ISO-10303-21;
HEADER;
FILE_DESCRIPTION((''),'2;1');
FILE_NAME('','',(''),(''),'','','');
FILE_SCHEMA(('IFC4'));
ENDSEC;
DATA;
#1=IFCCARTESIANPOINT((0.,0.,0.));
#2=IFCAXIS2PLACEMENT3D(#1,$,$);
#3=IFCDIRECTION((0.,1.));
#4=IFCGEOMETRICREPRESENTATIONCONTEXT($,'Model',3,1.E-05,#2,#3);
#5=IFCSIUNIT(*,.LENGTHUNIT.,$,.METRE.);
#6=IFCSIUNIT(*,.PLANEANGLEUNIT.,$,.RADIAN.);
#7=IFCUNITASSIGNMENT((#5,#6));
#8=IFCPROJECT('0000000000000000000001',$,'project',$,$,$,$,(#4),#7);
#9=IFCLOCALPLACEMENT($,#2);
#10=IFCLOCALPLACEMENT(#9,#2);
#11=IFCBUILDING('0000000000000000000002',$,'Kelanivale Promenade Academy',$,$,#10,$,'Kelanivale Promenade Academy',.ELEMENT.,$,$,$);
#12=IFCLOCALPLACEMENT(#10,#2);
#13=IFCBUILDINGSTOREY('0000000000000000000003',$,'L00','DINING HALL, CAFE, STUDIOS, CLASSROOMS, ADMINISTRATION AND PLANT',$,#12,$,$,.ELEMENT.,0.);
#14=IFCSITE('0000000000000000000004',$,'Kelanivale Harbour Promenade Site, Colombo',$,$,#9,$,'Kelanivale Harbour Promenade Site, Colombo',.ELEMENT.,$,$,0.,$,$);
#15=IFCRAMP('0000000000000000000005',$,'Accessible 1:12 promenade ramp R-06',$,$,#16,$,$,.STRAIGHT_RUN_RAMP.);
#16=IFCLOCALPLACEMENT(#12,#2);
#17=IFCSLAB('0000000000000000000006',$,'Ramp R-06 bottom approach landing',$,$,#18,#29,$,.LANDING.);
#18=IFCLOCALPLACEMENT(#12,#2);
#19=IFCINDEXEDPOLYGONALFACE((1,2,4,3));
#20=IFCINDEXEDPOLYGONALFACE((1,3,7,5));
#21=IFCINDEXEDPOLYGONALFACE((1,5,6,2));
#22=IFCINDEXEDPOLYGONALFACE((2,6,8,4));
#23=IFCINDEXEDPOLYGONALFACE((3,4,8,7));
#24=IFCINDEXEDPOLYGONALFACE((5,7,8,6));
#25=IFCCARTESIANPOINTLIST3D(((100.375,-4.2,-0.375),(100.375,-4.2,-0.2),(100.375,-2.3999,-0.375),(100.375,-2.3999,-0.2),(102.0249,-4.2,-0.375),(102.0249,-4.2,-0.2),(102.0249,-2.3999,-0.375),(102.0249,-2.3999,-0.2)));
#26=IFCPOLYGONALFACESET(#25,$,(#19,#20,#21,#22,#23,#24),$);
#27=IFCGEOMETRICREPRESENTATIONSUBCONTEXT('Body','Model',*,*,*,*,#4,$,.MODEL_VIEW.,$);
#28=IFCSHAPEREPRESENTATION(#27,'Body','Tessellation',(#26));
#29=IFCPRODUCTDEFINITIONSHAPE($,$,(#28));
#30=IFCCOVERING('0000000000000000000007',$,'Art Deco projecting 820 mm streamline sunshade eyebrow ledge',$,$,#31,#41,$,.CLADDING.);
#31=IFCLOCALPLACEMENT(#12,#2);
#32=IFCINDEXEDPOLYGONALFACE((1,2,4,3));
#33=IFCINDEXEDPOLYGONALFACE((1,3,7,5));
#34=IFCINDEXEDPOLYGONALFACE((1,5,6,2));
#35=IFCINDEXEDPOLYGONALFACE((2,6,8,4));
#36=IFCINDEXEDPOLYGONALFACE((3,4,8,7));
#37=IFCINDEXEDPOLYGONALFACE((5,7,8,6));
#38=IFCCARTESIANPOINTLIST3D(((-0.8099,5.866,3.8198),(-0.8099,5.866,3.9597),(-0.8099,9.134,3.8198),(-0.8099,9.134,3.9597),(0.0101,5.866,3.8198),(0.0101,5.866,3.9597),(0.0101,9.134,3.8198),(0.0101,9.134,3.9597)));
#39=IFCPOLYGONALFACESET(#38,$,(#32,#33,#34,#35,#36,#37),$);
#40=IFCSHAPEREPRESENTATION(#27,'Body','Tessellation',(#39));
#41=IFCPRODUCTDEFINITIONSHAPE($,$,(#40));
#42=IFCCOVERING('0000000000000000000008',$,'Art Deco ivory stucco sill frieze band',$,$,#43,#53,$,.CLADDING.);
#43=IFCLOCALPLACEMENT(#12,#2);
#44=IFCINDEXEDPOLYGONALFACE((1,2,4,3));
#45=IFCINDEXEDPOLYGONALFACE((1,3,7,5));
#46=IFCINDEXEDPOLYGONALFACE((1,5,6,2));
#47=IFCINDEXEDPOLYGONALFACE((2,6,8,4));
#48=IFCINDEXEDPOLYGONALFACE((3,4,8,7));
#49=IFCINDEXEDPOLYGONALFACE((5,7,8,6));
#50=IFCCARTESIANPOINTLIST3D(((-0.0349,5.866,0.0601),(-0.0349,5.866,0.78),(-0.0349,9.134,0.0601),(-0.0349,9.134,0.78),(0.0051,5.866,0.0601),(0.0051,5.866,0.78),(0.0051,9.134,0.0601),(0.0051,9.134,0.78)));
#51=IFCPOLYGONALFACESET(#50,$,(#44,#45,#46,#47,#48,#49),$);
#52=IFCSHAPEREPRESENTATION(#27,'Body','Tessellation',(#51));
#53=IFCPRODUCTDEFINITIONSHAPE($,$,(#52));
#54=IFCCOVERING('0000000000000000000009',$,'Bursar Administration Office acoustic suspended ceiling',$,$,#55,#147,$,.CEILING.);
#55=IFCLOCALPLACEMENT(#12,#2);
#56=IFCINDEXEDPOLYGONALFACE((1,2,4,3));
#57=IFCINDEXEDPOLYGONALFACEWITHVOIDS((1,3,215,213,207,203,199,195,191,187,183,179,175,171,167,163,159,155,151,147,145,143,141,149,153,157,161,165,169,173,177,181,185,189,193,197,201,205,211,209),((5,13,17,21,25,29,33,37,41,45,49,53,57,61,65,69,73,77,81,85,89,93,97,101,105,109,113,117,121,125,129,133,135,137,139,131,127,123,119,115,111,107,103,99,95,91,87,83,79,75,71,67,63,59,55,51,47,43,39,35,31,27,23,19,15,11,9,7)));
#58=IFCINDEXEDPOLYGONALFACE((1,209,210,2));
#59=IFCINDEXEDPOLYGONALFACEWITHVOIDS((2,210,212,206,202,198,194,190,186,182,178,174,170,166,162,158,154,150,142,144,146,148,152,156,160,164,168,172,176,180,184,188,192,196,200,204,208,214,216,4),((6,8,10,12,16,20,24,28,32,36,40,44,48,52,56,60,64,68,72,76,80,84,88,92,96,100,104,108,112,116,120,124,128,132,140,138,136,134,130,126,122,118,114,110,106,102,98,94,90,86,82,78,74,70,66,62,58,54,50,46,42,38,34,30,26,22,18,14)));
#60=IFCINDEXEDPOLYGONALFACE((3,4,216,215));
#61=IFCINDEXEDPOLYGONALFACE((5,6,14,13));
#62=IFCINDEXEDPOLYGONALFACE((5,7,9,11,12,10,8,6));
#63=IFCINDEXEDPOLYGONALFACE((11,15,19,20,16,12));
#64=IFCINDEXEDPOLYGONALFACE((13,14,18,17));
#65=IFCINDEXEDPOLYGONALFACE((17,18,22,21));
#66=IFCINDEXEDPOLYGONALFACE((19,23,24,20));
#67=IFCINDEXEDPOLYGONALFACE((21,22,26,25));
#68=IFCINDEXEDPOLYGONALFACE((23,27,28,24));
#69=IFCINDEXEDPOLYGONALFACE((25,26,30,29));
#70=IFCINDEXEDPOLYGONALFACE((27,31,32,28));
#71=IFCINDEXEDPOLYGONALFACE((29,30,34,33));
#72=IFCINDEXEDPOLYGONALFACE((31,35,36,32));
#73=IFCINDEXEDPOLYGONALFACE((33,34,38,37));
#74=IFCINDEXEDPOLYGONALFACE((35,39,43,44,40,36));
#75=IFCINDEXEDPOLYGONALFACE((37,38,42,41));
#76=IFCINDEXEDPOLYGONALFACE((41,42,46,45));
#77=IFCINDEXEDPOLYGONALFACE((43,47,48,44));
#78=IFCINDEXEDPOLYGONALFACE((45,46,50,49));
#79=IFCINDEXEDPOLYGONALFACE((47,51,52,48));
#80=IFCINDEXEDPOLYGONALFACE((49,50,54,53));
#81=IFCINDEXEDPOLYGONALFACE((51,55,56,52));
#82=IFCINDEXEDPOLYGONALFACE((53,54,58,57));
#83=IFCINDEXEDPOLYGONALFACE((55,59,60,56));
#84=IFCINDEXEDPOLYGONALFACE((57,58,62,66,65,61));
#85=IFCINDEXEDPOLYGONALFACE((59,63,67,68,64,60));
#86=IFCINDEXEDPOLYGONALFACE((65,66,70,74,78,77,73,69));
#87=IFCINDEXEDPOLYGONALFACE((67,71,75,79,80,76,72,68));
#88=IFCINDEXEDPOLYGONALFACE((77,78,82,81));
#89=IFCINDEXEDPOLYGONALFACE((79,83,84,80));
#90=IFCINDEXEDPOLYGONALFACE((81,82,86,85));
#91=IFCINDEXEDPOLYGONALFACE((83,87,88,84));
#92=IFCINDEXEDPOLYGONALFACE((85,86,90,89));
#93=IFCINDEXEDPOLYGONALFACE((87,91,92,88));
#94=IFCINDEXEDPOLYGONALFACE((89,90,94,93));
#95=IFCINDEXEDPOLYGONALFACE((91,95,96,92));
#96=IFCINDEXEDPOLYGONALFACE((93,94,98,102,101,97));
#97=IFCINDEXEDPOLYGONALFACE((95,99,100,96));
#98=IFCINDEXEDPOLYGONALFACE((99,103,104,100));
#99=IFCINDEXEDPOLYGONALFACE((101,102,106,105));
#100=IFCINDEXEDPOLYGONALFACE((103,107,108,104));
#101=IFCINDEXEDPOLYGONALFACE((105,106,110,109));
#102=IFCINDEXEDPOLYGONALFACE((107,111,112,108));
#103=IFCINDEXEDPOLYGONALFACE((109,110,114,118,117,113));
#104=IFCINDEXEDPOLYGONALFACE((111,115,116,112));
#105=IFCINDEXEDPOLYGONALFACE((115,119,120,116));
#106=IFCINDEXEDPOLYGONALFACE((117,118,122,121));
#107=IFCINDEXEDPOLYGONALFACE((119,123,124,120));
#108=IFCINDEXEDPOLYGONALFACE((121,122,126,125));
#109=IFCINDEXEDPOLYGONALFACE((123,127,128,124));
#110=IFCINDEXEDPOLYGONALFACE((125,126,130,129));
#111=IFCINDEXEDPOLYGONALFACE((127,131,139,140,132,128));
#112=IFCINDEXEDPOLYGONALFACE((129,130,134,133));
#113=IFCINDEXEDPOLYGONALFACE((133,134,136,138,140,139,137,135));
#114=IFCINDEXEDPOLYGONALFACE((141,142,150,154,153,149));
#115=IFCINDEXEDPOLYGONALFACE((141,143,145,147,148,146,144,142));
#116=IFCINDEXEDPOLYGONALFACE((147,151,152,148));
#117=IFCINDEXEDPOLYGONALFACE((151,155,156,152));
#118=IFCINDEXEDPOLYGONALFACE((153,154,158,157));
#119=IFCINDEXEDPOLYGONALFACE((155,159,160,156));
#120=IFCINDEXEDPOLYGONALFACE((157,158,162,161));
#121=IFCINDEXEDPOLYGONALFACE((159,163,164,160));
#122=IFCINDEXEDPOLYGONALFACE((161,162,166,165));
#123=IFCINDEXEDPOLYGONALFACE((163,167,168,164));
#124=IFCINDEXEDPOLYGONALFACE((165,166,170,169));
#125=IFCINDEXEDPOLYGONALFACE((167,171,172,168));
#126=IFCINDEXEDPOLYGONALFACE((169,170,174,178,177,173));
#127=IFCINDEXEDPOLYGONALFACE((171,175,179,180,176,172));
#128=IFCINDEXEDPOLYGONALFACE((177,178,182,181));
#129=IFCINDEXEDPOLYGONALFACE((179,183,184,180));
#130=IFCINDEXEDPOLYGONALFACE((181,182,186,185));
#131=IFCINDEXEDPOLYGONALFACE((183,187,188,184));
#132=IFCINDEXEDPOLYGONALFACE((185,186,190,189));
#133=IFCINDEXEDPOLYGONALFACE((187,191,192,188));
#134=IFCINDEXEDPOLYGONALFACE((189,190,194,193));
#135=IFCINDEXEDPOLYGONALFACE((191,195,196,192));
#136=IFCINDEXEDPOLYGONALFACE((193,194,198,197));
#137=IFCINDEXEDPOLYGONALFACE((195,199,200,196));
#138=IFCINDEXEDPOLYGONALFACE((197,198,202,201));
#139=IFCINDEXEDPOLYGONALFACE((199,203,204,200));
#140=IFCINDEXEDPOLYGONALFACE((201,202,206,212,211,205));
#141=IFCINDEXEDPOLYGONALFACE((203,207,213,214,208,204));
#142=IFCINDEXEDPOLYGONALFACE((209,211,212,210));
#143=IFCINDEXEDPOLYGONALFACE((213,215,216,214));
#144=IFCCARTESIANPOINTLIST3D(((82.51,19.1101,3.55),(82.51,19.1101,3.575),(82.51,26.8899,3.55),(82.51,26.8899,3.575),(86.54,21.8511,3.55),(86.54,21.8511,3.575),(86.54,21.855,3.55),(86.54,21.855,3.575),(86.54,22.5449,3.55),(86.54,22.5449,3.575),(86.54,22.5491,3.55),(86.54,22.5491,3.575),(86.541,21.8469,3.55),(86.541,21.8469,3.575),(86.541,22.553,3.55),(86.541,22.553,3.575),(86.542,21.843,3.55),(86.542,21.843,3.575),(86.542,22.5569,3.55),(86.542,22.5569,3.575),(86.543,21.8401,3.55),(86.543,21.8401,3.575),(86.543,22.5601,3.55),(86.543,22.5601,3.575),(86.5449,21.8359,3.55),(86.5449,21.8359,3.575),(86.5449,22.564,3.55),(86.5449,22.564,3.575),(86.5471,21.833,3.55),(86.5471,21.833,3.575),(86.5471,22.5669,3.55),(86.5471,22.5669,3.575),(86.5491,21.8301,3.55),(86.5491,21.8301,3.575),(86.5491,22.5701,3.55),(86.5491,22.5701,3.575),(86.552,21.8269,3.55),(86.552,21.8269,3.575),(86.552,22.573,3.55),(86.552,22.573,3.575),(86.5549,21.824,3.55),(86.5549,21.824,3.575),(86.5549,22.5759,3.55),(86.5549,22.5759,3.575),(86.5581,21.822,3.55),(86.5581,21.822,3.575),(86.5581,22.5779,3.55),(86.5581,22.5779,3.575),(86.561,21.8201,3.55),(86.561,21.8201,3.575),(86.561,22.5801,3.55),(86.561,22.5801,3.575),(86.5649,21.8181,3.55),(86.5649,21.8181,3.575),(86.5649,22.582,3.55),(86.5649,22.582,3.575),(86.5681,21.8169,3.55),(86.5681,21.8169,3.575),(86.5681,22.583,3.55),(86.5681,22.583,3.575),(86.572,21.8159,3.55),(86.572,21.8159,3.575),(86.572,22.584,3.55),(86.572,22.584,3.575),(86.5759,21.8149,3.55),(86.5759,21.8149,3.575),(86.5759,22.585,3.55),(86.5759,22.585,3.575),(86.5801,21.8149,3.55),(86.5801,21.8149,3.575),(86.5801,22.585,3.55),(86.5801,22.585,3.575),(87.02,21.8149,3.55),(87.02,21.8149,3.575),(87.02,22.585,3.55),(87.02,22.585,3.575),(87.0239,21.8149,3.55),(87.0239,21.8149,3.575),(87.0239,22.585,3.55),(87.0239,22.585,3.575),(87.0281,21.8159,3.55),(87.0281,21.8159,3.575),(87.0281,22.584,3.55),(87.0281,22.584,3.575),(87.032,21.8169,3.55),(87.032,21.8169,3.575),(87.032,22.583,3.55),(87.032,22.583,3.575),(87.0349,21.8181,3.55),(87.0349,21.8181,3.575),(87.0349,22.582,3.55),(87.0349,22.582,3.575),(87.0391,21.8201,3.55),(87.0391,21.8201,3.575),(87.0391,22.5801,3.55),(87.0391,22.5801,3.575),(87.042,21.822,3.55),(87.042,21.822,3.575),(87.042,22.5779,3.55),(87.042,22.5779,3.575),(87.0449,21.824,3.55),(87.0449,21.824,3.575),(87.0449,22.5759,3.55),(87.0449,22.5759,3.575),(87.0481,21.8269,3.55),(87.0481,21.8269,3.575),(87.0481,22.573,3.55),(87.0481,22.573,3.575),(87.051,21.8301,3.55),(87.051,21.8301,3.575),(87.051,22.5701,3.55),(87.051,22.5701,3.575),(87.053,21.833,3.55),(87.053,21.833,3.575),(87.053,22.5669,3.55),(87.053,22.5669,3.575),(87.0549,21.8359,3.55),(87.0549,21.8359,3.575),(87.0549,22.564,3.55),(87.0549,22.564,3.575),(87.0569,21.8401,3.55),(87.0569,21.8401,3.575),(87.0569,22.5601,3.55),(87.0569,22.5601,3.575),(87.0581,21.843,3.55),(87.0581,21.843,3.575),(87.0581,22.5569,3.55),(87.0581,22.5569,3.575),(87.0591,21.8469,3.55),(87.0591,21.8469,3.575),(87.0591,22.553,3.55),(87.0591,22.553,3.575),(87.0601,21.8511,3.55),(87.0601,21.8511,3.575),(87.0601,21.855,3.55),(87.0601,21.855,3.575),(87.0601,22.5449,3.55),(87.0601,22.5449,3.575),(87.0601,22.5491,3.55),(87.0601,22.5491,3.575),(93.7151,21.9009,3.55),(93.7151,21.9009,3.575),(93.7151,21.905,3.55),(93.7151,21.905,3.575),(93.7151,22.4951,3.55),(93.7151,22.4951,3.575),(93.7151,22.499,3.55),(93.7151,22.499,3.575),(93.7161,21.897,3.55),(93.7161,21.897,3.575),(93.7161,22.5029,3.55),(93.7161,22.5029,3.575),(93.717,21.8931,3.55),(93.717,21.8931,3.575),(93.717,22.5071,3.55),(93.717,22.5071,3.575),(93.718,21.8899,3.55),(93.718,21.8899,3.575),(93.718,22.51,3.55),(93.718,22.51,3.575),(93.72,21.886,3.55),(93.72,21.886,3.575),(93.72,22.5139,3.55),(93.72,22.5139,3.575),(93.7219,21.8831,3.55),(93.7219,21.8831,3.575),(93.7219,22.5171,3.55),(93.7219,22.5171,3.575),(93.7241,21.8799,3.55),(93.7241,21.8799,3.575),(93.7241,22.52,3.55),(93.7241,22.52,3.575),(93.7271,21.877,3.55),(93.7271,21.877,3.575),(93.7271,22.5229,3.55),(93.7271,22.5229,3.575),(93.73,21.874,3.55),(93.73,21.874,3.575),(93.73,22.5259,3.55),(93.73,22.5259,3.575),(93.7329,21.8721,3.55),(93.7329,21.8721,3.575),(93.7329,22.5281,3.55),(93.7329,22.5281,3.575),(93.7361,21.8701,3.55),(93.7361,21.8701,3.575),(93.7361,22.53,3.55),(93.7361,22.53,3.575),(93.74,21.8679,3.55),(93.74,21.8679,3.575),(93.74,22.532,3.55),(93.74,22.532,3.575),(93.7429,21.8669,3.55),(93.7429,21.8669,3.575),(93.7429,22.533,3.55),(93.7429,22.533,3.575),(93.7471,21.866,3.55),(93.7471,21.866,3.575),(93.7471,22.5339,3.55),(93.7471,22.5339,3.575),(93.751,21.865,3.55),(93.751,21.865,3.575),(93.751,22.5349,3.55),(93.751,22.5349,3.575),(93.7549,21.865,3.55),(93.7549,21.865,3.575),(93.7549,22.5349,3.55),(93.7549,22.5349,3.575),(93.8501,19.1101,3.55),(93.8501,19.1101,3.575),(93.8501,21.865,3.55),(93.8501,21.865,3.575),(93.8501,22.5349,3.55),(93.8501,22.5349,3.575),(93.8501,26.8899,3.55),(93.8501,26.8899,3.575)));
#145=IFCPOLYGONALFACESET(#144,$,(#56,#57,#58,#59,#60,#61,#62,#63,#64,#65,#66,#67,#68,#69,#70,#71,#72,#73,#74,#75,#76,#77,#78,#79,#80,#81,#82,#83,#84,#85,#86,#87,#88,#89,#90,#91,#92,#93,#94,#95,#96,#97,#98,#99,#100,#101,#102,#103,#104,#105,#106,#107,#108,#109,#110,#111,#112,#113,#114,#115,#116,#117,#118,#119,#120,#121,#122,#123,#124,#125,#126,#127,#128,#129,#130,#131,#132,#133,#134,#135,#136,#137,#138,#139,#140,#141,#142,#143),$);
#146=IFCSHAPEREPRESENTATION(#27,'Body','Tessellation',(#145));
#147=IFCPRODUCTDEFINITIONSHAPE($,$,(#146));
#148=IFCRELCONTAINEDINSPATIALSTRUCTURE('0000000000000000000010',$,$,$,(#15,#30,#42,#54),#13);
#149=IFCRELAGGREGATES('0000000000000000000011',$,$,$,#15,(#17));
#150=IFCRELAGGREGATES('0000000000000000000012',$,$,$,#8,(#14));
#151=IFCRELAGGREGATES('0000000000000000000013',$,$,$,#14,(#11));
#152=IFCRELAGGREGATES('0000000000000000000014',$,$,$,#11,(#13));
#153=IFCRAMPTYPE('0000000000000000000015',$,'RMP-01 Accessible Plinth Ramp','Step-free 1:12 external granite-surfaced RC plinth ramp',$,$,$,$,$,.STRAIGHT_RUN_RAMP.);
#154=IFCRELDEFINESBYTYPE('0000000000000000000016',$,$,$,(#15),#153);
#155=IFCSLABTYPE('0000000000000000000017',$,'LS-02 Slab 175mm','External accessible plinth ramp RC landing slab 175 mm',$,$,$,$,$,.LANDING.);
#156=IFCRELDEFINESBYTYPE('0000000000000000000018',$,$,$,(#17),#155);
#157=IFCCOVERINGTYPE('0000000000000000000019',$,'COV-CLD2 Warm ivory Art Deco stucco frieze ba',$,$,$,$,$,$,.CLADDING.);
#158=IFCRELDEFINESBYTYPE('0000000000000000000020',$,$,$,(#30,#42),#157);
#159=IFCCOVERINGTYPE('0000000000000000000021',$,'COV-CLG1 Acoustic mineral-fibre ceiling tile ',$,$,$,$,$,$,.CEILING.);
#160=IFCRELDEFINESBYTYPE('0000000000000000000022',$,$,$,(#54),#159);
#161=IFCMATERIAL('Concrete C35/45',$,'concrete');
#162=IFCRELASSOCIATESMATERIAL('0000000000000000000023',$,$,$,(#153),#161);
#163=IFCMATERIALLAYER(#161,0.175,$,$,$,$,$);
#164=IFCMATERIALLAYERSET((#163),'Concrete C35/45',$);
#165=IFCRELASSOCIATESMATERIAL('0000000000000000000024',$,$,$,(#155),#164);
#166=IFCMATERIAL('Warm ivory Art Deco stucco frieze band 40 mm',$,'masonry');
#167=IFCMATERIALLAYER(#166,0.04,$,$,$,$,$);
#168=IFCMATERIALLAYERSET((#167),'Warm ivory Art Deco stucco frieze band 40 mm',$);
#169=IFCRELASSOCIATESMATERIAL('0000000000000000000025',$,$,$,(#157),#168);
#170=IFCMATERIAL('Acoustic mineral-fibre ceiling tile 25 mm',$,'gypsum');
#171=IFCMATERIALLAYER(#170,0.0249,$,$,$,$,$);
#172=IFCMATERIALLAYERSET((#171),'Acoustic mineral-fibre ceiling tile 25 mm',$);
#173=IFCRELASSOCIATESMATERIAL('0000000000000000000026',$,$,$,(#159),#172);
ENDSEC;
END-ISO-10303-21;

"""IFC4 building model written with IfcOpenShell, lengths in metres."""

from ifc_helpers import new_model, si_unit, direction, frame, origin, origin_2d, place, context, subcontext, project, spatial, polyline, rectangle, outline, extrude, material, layer, layer_set, type_object, element, aggregate, save


model = new_model("IFC4")

# Units and contexts
model_context = context("Model", 3, precision=1e-05, world=origin(), true_north=direction((0.0, 1.0)))
body_context = subcontext(model_context, "Body", "Model", "MODEL_VIEW")
ifc_project = project(units=[si_unit("LENGTHUNIT", "METRE"), si_unit("PLANEANGLEUNIT", "RADIAN")], contexts=[model_context])

# Site, building, storey
site_placement = place(None, origin())
site = spatial("IfcSite", under=ifc_project, at=site_placement, Name="Kelanivale Harbour Promenade Site, Colombo", LongName="Kelanivale Harbour Promenade Site, Colombo", CompositionType="ELEMENT", RefElevation=0.0)
building_placement = place(site_placement, origin())
building = spatial("IfcBuilding", under=site, at=building_placement, Name="Kelanivale Promenade Academy", LongName="Kelanivale Promenade Academy", CompositionType="ELEMENT")
storey_placement = place(building_placement, origin())
storey = spatial("IfcBuildingStorey", under=building, at=storey_placement, Name="L00", Description="DINING HALL, CAFE, STUDIOS, CLASSROOMS, ADMINISTRATION AND PLANT", CompositionType="ELEMENT", Elevation=0.0)

# Shared definitions
ifc_material_1 = material(Name="Concrete C35/45", Category="concrete")

# Ramp, slab
ramp_type = type_object("IfcRampType", Name="RMP-01 Accessible Plinth Ramp", Description="Step-free 1:12 external granite-surfaced RC plinth ramp", PredefinedType="STRAIGHT_RUN_RAMP", material=ifc_material_1)
ifc_layer_1 = layer(ifc_material_1, 0.175)
ifc_layer_set_1 = layer_set([ifc_layer_1], Name="Concrete C35/45")
slab_type_1 = type_object("IfcSlabType", Name="LS-02 Slab 175mm", Description="External accessible plinth ramp RC landing slab 175 mm", PredefinedType="LANDING", material=ifc_layer_set_1)
ramp_1_placement = place(storey_placement, origin())
ramp_1 = element("IfcRamp", 1, at=ramp_1_placement, inside=storey, type_object=ramp_type, Name="Accessible 1:12 promenade ramp R-06", PredefinedType="STRAIGHT_RUN_RAMP")
slab_1_placement = place(storey_placement, frame((0.0, 0.0, -0.375)))
slab_1 = element("IfcSlab", 2, at=slab_1_placement, type_object=slab_type_1, Name="Ramp R-06 bottom approach landing", PredefinedType="LANDING", context=body_context, shape_type="SweptSolid", body=[
    extrude(outline(polyline([(100.375, -4.2), (102.0249, -4.2), (102.0249, -2.3999), (100.375, -2.3999), (100.375, -4.2)])), origin(), (0.0, 0.0, 1.0), 0.175),
])
aggregate(ramp_1, [slab_1])

# Coverings
ifc_material_2 = material(Name="Warm ivory Art Deco stucco frieze band 40 mm", Category="masonry")
ifc_layer_2 = layer(ifc_material_2, 0.04)
ifc_layer_set_2 = layer_set([ifc_layer_2], Name="Warm ivory Art Deco stucco frieze band 40 mm")
covering_type_1 = type_object("IfcCoveringType", Name="COV-CLD2 Warm ivory Art Deco stucco frieze ba", PredefinedType="CLADDING", material=ifc_layer_set_2)
covering_1_placement = place(storey_placement, frame((-0.3999, 7.5, 3.8198), z_axis=(0.0, 0.0, 1.0), x_axis=(0.0, -1.0, 0.0)))
element("IfcCovering", 3, at=covering_1_placement, inside=storey, type_object=covering_type_1, Name="Art Deco projecting 820 mm streamline sunshade eyebrow ledge", PredefinedType="CLADDING", context=body_context, shape_type="SweptSolid", body=[
    extrude(rectangle(XDim=3.2681, YDim=0.8201, at=origin_2d()), origin(), (0.0, 0.0, 1.0), 0.1399),
])
covering_2_placement = place(storey_placement, frame((-0.0149, 7.5, 0.0601), z_axis=(0.0, 0.0, 1.0), x_axis=(0.0, -1.0, 0.0)))
element("IfcCovering", 4, at=covering_2_placement, inside=storey, type_object=covering_type_1, Name="Art Deco ivory stucco sill frieze band", PredefinedType="CLADDING", context=body_context, shape_type="SweptSolid", body=[
    extrude(rectangle(XDim=3.2681, YDim=0.04, at=origin_2d()), origin(), (0.0, 0.0, 1.0), 0.72),
])
ifc_material_3 = material(Name="Acoustic mineral-fibre ceiling tile 25 mm", Category="gypsum")
ifc_layer_3 = layer(ifc_material_3, 0.0249)
ifc_layer_set_3 = layer_set([ifc_layer_3], Name="Acoustic mineral-fibre ceiling tile 25 mm")
covering_type_2 = type_object("IfcCoveringType", Name="COV-CLG1 Acoustic mineral-fibre ceiling tile ", PredefinedType="CEILING", material=ifc_layer_set_3)
covering_3_placement = place(storey_placement, frame((0.0, 0.0, 3.55)))
element("IfcCovering", 5, at=covering_3_placement, inside=storey, type_object=covering_type_2, Name="Bursar Administration Office acoustic suspended ceiling", PredefinedType="CEILING", context=body_context, shape_type="SweptSolid", body=[
    extrude(outline(polyline([(93.8501, 19.1101), (93.8501, 21.865), (93.7549, 21.865), (93.751, 21.865), (93.7471, 21.866), (93.7429, 21.8669), (93.74, 21.8679), (93.7361, 21.8701), (93.7329, 21.8721), (93.73, 21.874), (93.7271, 21.877), (93.7241, 21.8799), (93.7219, 21.8831), (93.72, 21.886), (93.718, 21.8899), (93.717, 21.8931), (93.7161, 21.897), (93.7151, 21.9009), (93.7151, 21.905), (93.7151, 22.4951), (93.7151, 22.499), (93.7161, 22.5029), (93.717, 22.5071), (93.718, 22.51), (93.72, 22.5139), (93.7219, 22.5171), (93.7241, 22.52), (93.7271, 22.5229), (93.73, 22.5259), (93.7329, 22.5281), (93.7361, 22.53), (93.74, 22.532), (93.7429, 22.533), (93.7471, 22.5339), (93.751, 22.5349), (93.7549, 22.5349), (93.8501, 22.5349), (93.8501, 26.8899), (82.51, 26.8899), (82.51, 19.1101), (93.8501, 19.1101)]), holes=[polyline([(86.5801, 21.8149), (86.5759, 21.8149), (86.572, 21.8159), (86.5681, 21.8169), (86.5649, 21.8181), (86.561, 21.8201), (86.5581, 21.822), (86.5549, 21.824), (86.552, 21.8269), (86.5491, 21.8301), (86.5471, 21.833), (86.5449, 21.8359), (86.543, 21.8401), (86.542, 21.843), (86.541, 21.8469), (86.54, 21.8511), (86.54, 21.855), (86.54, 22.5449), (86.54, 22.5491), (86.541, 22.553), (86.542, 22.5569), (86.543, 22.5601), (86.5449, 22.564), (86.5471, 22.5669), (86.5491, 22.5701), (86.552, 22.573), (86.5549, 22.5759), (86.5581, 22.5779), (86.561, 22.5801), (86.5649, 22.582), (86.5681, 22.583), (86.572, 22.584), (86.5759, 22.585), (86.5801, 22.585), (87.02, 22.585), (87.0239, 22.585), (87.0281, 22.584), (87.032, 22.583), (87.0349, 22.582), (87.0391, 22.5801), (87.042, 22.5779), (87.0449, 22.5759), (87.0481, 22.573), (87.051, 22.5701), (87.053, 22.5669), (87.0549, 22.564), (87.0569, 22.5601), (87.0581, 22.5569), (87.0591, 22.553), (87.0601, 22.5491), (87.0601, 22.5449), (87.0601, 21.855), (87.0601, 21.8511), (87.0591, 21.8469), (87.0581, 21.843), (87.0569, 21.8401), (87.0549, 21.8359), (87.053, 21.833), (87.051, 21.8301), (87.0481, 21.8269), (87.0449, 21.824), (87.042, 21.822), (87.0391, 21.8201), (87.0349, 21.8181), (87.032, 21.8169), (87.0281, 21.8159), (87.0239, 21.8149), (87.02, 21.8149), (86.5801, 21.8149)])]), origin(), (0.0, 0.0, 1.0), 0.0249),
])

save(model, "model.ifc")
